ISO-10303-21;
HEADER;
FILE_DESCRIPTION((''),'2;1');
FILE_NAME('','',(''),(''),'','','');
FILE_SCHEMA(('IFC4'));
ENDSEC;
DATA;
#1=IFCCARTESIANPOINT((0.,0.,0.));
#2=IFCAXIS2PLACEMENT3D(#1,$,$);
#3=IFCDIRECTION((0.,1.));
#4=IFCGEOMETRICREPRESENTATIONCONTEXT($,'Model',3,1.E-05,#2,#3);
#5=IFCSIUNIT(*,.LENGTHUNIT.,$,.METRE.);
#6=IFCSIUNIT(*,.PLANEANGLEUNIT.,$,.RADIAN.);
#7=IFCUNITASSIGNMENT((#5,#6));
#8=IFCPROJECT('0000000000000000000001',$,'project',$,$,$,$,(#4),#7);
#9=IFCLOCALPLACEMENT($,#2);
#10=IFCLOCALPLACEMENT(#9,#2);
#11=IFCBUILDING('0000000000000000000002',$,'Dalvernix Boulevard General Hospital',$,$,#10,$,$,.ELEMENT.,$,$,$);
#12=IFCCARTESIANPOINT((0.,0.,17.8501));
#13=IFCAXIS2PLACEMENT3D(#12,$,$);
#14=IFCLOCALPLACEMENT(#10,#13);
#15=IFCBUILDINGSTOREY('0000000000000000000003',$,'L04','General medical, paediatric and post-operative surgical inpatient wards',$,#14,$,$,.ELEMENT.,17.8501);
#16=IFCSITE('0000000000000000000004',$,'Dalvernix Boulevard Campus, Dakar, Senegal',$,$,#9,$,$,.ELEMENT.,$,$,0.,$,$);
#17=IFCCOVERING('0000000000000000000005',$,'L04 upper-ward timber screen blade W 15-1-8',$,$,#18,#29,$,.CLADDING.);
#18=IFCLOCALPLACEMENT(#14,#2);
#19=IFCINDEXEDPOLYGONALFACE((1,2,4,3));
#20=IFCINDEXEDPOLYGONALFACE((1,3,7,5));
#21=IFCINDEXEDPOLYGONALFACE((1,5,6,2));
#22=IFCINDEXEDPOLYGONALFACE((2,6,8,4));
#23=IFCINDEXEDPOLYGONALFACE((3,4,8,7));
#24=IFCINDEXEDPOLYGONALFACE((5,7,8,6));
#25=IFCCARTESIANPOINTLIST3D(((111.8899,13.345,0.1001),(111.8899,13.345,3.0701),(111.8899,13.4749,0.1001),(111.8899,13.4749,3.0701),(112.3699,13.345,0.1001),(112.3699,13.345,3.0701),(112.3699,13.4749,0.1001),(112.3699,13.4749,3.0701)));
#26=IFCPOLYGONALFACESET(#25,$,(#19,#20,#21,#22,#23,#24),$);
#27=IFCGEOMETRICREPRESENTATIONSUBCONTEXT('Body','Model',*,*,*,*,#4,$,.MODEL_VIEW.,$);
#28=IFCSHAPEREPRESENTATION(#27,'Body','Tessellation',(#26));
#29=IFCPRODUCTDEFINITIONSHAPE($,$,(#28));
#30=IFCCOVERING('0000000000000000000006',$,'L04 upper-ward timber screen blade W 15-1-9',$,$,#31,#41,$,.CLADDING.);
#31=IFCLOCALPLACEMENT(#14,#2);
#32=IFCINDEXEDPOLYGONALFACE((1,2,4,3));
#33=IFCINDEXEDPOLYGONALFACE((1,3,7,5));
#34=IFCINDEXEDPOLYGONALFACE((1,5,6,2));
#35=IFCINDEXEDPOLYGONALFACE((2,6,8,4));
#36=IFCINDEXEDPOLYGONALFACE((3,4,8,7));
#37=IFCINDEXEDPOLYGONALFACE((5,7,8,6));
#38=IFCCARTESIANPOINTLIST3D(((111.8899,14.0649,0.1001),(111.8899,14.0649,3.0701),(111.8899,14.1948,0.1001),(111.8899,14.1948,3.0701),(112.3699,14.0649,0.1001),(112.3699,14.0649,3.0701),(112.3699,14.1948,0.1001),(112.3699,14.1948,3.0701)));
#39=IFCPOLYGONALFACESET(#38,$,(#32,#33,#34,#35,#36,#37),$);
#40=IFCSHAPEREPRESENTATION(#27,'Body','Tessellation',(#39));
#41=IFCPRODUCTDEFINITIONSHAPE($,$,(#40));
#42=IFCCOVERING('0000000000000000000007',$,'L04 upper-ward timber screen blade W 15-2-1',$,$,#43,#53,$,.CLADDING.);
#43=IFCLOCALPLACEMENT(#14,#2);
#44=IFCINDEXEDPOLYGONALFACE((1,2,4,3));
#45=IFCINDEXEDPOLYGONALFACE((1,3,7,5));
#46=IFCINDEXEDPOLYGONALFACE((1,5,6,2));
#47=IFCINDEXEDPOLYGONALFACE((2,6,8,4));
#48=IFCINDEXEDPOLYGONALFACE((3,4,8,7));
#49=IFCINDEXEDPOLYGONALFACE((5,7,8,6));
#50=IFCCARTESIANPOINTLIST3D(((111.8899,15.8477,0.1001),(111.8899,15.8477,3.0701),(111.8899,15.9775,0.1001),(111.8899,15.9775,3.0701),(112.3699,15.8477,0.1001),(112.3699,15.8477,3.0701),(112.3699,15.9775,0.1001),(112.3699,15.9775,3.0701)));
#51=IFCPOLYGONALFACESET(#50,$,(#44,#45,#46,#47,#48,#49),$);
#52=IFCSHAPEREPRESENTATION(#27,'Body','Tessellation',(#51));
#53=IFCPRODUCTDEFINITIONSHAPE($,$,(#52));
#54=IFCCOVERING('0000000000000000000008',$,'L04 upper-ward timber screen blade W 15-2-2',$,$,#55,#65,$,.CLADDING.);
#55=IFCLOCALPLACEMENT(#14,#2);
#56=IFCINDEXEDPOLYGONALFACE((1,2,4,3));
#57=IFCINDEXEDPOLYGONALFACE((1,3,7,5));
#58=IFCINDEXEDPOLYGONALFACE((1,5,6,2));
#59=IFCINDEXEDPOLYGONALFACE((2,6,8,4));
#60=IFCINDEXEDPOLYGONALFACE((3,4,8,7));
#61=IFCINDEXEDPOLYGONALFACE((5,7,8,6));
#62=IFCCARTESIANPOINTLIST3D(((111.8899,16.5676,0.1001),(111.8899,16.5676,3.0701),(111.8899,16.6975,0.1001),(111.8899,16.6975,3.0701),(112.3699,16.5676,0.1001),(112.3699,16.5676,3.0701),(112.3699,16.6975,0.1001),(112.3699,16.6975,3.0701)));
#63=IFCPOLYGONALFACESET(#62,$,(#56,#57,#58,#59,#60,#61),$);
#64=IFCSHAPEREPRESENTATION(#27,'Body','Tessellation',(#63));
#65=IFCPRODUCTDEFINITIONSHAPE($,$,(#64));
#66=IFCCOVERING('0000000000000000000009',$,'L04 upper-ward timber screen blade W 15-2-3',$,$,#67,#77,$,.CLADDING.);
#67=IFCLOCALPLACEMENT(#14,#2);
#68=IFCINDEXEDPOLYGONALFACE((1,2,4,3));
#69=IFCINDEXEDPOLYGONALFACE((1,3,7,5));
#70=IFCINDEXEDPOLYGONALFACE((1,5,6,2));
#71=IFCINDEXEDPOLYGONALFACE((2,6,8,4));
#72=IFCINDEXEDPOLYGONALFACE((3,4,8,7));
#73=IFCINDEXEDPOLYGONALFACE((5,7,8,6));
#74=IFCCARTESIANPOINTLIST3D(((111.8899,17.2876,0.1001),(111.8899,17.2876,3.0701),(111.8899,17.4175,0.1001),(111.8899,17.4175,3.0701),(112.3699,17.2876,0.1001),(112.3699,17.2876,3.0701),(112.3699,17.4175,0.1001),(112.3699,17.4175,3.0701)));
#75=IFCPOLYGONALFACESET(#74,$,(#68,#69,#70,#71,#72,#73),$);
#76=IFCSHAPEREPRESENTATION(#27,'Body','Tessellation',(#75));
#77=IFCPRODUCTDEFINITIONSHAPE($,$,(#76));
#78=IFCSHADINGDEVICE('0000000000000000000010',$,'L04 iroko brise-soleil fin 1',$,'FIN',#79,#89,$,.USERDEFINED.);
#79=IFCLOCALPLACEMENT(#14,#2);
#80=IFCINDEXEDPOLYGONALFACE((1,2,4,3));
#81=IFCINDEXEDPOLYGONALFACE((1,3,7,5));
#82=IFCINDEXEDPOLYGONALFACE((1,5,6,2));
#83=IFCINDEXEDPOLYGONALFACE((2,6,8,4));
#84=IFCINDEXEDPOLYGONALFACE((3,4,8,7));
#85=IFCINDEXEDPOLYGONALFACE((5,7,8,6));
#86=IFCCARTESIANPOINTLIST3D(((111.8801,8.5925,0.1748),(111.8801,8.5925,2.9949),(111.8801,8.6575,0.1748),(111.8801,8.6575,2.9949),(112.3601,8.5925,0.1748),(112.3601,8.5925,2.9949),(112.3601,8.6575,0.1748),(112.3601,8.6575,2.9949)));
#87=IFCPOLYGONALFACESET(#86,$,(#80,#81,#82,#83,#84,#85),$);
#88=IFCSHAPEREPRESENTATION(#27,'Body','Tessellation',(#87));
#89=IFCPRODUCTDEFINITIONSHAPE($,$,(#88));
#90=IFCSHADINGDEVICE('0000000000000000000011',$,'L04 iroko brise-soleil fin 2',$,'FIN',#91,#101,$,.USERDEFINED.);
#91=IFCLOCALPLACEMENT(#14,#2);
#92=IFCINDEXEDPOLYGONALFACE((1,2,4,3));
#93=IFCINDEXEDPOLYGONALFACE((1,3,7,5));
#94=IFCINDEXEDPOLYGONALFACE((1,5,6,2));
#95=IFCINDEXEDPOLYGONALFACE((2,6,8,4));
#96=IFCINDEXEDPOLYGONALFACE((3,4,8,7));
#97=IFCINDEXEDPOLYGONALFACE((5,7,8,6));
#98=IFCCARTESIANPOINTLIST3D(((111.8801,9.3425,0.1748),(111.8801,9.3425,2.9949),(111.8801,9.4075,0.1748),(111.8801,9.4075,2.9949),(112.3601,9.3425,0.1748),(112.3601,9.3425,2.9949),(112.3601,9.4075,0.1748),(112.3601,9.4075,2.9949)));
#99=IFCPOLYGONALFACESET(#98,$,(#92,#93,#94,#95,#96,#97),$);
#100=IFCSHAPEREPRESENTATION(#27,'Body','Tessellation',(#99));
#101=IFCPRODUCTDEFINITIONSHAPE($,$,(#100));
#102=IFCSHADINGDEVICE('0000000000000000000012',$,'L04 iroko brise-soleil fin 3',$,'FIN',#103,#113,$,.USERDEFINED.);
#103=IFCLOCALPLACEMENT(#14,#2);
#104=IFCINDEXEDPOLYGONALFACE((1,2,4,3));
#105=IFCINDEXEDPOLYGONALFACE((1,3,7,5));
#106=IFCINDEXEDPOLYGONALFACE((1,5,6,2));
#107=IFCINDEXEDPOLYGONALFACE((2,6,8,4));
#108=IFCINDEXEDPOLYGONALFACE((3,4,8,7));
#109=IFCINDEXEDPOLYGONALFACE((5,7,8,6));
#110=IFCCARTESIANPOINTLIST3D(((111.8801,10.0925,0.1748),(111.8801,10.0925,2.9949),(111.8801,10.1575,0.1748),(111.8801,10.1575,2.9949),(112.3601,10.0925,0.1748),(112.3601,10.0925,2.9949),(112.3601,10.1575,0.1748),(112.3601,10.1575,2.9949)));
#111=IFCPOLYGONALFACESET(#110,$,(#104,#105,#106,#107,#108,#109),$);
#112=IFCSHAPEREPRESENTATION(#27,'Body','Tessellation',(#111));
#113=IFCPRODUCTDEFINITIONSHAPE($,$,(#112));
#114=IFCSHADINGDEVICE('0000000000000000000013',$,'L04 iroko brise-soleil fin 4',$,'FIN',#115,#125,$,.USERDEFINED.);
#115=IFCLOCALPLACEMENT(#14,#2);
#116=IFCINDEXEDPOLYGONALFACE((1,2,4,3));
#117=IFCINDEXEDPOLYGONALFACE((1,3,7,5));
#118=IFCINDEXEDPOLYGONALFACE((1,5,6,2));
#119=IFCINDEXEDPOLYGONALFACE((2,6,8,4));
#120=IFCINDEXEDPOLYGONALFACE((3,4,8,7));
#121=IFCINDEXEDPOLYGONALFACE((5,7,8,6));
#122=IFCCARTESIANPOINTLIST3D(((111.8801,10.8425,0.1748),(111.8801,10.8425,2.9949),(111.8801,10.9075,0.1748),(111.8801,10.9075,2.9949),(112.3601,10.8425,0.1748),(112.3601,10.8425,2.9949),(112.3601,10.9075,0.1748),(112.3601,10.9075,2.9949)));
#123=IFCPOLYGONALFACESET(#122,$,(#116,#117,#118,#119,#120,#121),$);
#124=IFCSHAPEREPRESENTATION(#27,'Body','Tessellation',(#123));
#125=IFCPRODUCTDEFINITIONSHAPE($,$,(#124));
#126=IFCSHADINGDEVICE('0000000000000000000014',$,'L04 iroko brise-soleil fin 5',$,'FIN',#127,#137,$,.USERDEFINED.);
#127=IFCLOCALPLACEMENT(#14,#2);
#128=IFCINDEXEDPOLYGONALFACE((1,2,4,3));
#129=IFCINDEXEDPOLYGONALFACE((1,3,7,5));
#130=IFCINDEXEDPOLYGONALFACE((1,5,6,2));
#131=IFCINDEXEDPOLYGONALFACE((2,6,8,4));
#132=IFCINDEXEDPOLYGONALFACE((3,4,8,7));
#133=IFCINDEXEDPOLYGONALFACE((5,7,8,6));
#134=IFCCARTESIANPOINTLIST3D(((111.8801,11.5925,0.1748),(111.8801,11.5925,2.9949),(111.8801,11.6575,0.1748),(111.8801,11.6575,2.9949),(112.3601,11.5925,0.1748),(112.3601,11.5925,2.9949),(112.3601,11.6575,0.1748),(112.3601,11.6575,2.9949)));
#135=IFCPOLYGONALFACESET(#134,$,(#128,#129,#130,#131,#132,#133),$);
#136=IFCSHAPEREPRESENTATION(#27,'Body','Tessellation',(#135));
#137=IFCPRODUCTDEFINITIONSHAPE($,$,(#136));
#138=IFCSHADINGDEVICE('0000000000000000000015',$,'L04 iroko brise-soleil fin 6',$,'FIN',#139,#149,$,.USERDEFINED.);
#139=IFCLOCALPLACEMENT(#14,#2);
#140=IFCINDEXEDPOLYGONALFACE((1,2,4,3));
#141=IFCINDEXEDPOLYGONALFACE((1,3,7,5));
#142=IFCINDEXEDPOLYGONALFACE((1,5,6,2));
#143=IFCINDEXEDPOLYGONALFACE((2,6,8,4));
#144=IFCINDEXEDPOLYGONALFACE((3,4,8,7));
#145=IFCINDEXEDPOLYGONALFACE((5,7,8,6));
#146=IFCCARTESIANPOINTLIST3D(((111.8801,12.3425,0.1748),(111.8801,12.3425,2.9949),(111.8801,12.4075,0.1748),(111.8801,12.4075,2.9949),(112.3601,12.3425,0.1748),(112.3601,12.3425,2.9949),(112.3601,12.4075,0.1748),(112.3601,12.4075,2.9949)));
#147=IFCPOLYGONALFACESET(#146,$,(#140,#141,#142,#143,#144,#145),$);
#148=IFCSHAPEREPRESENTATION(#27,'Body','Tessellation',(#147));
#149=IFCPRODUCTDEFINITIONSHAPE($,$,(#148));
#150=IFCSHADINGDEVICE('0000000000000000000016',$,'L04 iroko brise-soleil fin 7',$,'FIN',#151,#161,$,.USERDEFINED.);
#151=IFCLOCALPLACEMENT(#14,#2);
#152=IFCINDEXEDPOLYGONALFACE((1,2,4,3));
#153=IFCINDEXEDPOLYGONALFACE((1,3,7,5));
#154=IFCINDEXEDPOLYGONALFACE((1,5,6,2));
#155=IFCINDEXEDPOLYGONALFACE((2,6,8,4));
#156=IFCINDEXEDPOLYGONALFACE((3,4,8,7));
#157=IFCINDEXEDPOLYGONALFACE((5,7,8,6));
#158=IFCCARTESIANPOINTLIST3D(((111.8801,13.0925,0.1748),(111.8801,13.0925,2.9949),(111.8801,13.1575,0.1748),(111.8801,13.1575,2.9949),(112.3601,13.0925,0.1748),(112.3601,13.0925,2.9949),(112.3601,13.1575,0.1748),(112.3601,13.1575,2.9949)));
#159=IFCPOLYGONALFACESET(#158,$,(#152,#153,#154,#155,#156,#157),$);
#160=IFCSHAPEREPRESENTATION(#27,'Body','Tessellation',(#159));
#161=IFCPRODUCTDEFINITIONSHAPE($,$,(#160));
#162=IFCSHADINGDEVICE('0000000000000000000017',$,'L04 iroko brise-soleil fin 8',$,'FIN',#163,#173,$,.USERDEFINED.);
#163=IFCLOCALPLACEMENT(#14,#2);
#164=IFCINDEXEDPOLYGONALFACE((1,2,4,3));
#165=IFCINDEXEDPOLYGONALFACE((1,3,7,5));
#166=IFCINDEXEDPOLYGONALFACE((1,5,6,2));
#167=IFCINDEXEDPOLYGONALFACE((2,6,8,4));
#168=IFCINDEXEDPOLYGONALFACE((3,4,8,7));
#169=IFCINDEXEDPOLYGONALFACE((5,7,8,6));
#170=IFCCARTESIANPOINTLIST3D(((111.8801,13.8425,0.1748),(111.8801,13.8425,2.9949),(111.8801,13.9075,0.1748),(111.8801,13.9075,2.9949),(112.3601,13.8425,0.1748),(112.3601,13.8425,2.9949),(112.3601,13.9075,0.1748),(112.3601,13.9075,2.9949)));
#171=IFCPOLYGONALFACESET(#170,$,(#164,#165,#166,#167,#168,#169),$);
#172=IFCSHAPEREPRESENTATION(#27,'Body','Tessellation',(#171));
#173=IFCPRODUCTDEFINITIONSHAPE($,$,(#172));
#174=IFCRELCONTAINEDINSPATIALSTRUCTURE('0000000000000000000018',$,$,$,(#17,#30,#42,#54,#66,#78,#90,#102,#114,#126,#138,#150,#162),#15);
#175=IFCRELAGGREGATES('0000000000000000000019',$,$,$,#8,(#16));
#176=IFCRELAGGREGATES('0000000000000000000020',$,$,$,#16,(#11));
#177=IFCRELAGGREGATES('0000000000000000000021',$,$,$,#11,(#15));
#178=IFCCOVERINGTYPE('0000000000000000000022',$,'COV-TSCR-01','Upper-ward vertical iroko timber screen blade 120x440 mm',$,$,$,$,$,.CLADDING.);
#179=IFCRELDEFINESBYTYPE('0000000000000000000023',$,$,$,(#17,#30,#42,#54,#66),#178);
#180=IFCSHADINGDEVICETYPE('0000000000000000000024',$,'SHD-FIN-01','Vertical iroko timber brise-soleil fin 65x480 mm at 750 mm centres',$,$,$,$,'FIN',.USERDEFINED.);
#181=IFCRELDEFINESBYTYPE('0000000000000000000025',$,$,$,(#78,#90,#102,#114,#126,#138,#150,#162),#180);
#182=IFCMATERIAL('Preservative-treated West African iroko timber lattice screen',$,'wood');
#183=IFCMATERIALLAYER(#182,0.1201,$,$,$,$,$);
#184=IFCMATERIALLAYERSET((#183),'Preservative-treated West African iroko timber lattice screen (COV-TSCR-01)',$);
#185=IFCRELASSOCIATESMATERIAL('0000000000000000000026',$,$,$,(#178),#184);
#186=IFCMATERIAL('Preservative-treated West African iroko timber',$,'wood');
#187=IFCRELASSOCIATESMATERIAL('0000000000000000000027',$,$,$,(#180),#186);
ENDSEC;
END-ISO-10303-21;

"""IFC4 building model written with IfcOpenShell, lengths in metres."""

from ifc_helpers import new_model, si_unit, direction, frame, origin, origin_2d, place, context, subcontext, project, spatial, rectangle, extrude, material, layer, layer_set, type_object, element, save


model = new_model("IFC4")

# Units and contexts
model_context = context("Model", 3, precision=1e-05, world=origin(), true_north=direction((0.0, 1.0)))
body_context = subcontext(model_context, "Body", "Model", "MODEL_VIEW")
ifc_project = project(units=[si_unit("LENGTHUNIT", "METRE"), si_unit("PLANEANGLEUNIT", "RADIAN")], contexts=[model_context])

# Site, building, storey
site_placement = place(None, origin())
site = spatial("IfcSite", under=ifc_project, at=site_placement, Name="Dalvernix Boulevard Campus, Dakar, Senegal", CompositionType="ELEMENT", RefElevation=0.0)
building_placement = place(site_placement, origin())
building = spatial("IfcBuilding", under=site, at=building_placement, Name="Dalvernix Boulevard General Hospital", CompositionType="ELEMENT")
storey_placement = place(building_placement, frame((0.0, 0.0, 17.8501)))
storey = spatial("IfcBuildingStorey", under=building, at=storey_placement, Name="L04", Description="General medical, paediatric and post-operative surgical inpatient wards", CompositionType="ELEMENT", Elevation=17.8501)

# Coverings
ifc_material_1 = material(Name="Preservative-treated West African iroko timber lattice screen", Category="wood")
ifc_layer_1 = layer(ifc_material_1, 0.1201)
ifc_layer_set_1 = layer_set([ifc_layer_1], Name="Preservative-treated West African iroko timber lattice screen (COV-TSCR-01)")
covering_type_1 = type_object("IfcCoveringType", Name="COV-TSCR-01", Description="Upper-ward vertical iroko timber screen blade 120x440 mm", PredefinedType="CLADDING", material=ifc_layer_set_1)
for number, where, z_axis, x_axis, name in (
    (1, (112.1299, 13.4099, 0.1001), (0.0, 0.0, 1.0), (0.0, 1.0, 0.0), "L04 upper-ward timber screen blade W 15-1-8"),
    (2, (112.1299, 14.1299, 0.1001), (0.0, 0.0, 1.0), (0.0, 1.0, 0.0), "L04 upper-ward timber screen blade W 15-1-9"),
    (3, (112.1299, 15.9126, 0.1001), (0.0, 0.0, 1.0), (0.0, 1.0, 0.0), "L04 upper-ward timber screen blade W 15-2-1"),
    (4, (112.1299, 16.6326, 0.1001), (0.0, 0.0, 1.0), (0.0, 1.0, 0.0), "L04 upper-ward timber screen blade W 15-2-2"),
    (5, (112.1299, 17.3525, 0.1001), (0.0, 0.0, 1.0), (0.0, 1.0, 0.0), "L04 upper-ward timber screen blade W 15-2-3"),
):
    element("IfcCovering", number, at=place(storey_placement, frame(where, z_axis=z_axis, x_axis=x_axis)), inside=storey, type_object=covering_type_1, Name=name, PredefinedType="CLADDING", context=body_context, shape_type="SweptSolid", body=[
        extrude(rectangle(XDim=0.1299, YDim=0.48, at=origin_2d()), origin(), (0.0, 0.0, 1.0), 2.97),
    ])

# Shading devices
ifc_material_2 = material(Name="Preservative-treated West African iroko timber", Category="wood")
shading_device_type = type_object("IfcShadingDeviceType", Name="SHD-FIN-01", Description="Vertical iroko timber brise-soleil fin 65x480 mm at 750 mm centres", ElementType="FIN", PredefinedType="USERDEFINED", material=ifc_material_2)
for number, where, z_axis, x_axis, name in (
    (6, (112.1201, 8.625, 0.1748), (0.0, 0.0, 1.0), (0.0, 1.0, 0.0), "L04 iroko brise-soleil fin 1"),
    (7, (112.1201, 9.375, 0.1748), (0.0, 0.0, 1.0), (0.0, 1.0, 0.0), "L04 iroko brise-soleil fin 2"),
    (8, (112.1201, 10.125, 0.1748), (0.0, 0.0, 1.0), (0.0, 1.0, 0.0), "L04 iroko brise-soleil fin 3"),
    (9, (112.1201, 10.875, 0.1748), (0.0, 0.0, 1.0), (0.0, 1.0, 0.0), "L04 iroko brise-soleil fin 4"),
    (10, (112.1201, 11.625, 0.1748), (0.0, 0.0, 1.0), (0.0, 1.0, 0.0), "L04 iroko brise-soleil fin 5"),
    (11, (112.1201, 12.375, 0.1748), (0.0, 0.0, 1.0), (0.0, 1.0, 0.0), "L04 iroko brise-soleil fin 6"),
    (12, (112.1201, 13.125, 0.1748), (0.0, 0.0, 1.0), (0.0, 1.0, 0.0), "L04 iroko brise-soleil fin 7"),
    (13, (112.1201, 13.875, 0.1748), (0.0, 0.0, 1.0), (0.0, 1.0, 0.0), "L04 iroko brise-soleil fin 8"),
):
    element("IfcShadingDevice", number, at=place(storey_placement, frame(where, z_axis=z_axis, x_axis=x_axis)), inside=storey, type_object=shading_device_type, Name=name, ObjectType="FIN", PredefinedType="USERDEFINED", context=body_context, shape_type="SweptSolid", body=[
        extrude(rectangle(XDim=0.0649, YDim=0.48, at=origin_2d()), origin(), (0.0, 0.0, 1.0), 2.8201),
    ])

save(model, "model.ifc")
